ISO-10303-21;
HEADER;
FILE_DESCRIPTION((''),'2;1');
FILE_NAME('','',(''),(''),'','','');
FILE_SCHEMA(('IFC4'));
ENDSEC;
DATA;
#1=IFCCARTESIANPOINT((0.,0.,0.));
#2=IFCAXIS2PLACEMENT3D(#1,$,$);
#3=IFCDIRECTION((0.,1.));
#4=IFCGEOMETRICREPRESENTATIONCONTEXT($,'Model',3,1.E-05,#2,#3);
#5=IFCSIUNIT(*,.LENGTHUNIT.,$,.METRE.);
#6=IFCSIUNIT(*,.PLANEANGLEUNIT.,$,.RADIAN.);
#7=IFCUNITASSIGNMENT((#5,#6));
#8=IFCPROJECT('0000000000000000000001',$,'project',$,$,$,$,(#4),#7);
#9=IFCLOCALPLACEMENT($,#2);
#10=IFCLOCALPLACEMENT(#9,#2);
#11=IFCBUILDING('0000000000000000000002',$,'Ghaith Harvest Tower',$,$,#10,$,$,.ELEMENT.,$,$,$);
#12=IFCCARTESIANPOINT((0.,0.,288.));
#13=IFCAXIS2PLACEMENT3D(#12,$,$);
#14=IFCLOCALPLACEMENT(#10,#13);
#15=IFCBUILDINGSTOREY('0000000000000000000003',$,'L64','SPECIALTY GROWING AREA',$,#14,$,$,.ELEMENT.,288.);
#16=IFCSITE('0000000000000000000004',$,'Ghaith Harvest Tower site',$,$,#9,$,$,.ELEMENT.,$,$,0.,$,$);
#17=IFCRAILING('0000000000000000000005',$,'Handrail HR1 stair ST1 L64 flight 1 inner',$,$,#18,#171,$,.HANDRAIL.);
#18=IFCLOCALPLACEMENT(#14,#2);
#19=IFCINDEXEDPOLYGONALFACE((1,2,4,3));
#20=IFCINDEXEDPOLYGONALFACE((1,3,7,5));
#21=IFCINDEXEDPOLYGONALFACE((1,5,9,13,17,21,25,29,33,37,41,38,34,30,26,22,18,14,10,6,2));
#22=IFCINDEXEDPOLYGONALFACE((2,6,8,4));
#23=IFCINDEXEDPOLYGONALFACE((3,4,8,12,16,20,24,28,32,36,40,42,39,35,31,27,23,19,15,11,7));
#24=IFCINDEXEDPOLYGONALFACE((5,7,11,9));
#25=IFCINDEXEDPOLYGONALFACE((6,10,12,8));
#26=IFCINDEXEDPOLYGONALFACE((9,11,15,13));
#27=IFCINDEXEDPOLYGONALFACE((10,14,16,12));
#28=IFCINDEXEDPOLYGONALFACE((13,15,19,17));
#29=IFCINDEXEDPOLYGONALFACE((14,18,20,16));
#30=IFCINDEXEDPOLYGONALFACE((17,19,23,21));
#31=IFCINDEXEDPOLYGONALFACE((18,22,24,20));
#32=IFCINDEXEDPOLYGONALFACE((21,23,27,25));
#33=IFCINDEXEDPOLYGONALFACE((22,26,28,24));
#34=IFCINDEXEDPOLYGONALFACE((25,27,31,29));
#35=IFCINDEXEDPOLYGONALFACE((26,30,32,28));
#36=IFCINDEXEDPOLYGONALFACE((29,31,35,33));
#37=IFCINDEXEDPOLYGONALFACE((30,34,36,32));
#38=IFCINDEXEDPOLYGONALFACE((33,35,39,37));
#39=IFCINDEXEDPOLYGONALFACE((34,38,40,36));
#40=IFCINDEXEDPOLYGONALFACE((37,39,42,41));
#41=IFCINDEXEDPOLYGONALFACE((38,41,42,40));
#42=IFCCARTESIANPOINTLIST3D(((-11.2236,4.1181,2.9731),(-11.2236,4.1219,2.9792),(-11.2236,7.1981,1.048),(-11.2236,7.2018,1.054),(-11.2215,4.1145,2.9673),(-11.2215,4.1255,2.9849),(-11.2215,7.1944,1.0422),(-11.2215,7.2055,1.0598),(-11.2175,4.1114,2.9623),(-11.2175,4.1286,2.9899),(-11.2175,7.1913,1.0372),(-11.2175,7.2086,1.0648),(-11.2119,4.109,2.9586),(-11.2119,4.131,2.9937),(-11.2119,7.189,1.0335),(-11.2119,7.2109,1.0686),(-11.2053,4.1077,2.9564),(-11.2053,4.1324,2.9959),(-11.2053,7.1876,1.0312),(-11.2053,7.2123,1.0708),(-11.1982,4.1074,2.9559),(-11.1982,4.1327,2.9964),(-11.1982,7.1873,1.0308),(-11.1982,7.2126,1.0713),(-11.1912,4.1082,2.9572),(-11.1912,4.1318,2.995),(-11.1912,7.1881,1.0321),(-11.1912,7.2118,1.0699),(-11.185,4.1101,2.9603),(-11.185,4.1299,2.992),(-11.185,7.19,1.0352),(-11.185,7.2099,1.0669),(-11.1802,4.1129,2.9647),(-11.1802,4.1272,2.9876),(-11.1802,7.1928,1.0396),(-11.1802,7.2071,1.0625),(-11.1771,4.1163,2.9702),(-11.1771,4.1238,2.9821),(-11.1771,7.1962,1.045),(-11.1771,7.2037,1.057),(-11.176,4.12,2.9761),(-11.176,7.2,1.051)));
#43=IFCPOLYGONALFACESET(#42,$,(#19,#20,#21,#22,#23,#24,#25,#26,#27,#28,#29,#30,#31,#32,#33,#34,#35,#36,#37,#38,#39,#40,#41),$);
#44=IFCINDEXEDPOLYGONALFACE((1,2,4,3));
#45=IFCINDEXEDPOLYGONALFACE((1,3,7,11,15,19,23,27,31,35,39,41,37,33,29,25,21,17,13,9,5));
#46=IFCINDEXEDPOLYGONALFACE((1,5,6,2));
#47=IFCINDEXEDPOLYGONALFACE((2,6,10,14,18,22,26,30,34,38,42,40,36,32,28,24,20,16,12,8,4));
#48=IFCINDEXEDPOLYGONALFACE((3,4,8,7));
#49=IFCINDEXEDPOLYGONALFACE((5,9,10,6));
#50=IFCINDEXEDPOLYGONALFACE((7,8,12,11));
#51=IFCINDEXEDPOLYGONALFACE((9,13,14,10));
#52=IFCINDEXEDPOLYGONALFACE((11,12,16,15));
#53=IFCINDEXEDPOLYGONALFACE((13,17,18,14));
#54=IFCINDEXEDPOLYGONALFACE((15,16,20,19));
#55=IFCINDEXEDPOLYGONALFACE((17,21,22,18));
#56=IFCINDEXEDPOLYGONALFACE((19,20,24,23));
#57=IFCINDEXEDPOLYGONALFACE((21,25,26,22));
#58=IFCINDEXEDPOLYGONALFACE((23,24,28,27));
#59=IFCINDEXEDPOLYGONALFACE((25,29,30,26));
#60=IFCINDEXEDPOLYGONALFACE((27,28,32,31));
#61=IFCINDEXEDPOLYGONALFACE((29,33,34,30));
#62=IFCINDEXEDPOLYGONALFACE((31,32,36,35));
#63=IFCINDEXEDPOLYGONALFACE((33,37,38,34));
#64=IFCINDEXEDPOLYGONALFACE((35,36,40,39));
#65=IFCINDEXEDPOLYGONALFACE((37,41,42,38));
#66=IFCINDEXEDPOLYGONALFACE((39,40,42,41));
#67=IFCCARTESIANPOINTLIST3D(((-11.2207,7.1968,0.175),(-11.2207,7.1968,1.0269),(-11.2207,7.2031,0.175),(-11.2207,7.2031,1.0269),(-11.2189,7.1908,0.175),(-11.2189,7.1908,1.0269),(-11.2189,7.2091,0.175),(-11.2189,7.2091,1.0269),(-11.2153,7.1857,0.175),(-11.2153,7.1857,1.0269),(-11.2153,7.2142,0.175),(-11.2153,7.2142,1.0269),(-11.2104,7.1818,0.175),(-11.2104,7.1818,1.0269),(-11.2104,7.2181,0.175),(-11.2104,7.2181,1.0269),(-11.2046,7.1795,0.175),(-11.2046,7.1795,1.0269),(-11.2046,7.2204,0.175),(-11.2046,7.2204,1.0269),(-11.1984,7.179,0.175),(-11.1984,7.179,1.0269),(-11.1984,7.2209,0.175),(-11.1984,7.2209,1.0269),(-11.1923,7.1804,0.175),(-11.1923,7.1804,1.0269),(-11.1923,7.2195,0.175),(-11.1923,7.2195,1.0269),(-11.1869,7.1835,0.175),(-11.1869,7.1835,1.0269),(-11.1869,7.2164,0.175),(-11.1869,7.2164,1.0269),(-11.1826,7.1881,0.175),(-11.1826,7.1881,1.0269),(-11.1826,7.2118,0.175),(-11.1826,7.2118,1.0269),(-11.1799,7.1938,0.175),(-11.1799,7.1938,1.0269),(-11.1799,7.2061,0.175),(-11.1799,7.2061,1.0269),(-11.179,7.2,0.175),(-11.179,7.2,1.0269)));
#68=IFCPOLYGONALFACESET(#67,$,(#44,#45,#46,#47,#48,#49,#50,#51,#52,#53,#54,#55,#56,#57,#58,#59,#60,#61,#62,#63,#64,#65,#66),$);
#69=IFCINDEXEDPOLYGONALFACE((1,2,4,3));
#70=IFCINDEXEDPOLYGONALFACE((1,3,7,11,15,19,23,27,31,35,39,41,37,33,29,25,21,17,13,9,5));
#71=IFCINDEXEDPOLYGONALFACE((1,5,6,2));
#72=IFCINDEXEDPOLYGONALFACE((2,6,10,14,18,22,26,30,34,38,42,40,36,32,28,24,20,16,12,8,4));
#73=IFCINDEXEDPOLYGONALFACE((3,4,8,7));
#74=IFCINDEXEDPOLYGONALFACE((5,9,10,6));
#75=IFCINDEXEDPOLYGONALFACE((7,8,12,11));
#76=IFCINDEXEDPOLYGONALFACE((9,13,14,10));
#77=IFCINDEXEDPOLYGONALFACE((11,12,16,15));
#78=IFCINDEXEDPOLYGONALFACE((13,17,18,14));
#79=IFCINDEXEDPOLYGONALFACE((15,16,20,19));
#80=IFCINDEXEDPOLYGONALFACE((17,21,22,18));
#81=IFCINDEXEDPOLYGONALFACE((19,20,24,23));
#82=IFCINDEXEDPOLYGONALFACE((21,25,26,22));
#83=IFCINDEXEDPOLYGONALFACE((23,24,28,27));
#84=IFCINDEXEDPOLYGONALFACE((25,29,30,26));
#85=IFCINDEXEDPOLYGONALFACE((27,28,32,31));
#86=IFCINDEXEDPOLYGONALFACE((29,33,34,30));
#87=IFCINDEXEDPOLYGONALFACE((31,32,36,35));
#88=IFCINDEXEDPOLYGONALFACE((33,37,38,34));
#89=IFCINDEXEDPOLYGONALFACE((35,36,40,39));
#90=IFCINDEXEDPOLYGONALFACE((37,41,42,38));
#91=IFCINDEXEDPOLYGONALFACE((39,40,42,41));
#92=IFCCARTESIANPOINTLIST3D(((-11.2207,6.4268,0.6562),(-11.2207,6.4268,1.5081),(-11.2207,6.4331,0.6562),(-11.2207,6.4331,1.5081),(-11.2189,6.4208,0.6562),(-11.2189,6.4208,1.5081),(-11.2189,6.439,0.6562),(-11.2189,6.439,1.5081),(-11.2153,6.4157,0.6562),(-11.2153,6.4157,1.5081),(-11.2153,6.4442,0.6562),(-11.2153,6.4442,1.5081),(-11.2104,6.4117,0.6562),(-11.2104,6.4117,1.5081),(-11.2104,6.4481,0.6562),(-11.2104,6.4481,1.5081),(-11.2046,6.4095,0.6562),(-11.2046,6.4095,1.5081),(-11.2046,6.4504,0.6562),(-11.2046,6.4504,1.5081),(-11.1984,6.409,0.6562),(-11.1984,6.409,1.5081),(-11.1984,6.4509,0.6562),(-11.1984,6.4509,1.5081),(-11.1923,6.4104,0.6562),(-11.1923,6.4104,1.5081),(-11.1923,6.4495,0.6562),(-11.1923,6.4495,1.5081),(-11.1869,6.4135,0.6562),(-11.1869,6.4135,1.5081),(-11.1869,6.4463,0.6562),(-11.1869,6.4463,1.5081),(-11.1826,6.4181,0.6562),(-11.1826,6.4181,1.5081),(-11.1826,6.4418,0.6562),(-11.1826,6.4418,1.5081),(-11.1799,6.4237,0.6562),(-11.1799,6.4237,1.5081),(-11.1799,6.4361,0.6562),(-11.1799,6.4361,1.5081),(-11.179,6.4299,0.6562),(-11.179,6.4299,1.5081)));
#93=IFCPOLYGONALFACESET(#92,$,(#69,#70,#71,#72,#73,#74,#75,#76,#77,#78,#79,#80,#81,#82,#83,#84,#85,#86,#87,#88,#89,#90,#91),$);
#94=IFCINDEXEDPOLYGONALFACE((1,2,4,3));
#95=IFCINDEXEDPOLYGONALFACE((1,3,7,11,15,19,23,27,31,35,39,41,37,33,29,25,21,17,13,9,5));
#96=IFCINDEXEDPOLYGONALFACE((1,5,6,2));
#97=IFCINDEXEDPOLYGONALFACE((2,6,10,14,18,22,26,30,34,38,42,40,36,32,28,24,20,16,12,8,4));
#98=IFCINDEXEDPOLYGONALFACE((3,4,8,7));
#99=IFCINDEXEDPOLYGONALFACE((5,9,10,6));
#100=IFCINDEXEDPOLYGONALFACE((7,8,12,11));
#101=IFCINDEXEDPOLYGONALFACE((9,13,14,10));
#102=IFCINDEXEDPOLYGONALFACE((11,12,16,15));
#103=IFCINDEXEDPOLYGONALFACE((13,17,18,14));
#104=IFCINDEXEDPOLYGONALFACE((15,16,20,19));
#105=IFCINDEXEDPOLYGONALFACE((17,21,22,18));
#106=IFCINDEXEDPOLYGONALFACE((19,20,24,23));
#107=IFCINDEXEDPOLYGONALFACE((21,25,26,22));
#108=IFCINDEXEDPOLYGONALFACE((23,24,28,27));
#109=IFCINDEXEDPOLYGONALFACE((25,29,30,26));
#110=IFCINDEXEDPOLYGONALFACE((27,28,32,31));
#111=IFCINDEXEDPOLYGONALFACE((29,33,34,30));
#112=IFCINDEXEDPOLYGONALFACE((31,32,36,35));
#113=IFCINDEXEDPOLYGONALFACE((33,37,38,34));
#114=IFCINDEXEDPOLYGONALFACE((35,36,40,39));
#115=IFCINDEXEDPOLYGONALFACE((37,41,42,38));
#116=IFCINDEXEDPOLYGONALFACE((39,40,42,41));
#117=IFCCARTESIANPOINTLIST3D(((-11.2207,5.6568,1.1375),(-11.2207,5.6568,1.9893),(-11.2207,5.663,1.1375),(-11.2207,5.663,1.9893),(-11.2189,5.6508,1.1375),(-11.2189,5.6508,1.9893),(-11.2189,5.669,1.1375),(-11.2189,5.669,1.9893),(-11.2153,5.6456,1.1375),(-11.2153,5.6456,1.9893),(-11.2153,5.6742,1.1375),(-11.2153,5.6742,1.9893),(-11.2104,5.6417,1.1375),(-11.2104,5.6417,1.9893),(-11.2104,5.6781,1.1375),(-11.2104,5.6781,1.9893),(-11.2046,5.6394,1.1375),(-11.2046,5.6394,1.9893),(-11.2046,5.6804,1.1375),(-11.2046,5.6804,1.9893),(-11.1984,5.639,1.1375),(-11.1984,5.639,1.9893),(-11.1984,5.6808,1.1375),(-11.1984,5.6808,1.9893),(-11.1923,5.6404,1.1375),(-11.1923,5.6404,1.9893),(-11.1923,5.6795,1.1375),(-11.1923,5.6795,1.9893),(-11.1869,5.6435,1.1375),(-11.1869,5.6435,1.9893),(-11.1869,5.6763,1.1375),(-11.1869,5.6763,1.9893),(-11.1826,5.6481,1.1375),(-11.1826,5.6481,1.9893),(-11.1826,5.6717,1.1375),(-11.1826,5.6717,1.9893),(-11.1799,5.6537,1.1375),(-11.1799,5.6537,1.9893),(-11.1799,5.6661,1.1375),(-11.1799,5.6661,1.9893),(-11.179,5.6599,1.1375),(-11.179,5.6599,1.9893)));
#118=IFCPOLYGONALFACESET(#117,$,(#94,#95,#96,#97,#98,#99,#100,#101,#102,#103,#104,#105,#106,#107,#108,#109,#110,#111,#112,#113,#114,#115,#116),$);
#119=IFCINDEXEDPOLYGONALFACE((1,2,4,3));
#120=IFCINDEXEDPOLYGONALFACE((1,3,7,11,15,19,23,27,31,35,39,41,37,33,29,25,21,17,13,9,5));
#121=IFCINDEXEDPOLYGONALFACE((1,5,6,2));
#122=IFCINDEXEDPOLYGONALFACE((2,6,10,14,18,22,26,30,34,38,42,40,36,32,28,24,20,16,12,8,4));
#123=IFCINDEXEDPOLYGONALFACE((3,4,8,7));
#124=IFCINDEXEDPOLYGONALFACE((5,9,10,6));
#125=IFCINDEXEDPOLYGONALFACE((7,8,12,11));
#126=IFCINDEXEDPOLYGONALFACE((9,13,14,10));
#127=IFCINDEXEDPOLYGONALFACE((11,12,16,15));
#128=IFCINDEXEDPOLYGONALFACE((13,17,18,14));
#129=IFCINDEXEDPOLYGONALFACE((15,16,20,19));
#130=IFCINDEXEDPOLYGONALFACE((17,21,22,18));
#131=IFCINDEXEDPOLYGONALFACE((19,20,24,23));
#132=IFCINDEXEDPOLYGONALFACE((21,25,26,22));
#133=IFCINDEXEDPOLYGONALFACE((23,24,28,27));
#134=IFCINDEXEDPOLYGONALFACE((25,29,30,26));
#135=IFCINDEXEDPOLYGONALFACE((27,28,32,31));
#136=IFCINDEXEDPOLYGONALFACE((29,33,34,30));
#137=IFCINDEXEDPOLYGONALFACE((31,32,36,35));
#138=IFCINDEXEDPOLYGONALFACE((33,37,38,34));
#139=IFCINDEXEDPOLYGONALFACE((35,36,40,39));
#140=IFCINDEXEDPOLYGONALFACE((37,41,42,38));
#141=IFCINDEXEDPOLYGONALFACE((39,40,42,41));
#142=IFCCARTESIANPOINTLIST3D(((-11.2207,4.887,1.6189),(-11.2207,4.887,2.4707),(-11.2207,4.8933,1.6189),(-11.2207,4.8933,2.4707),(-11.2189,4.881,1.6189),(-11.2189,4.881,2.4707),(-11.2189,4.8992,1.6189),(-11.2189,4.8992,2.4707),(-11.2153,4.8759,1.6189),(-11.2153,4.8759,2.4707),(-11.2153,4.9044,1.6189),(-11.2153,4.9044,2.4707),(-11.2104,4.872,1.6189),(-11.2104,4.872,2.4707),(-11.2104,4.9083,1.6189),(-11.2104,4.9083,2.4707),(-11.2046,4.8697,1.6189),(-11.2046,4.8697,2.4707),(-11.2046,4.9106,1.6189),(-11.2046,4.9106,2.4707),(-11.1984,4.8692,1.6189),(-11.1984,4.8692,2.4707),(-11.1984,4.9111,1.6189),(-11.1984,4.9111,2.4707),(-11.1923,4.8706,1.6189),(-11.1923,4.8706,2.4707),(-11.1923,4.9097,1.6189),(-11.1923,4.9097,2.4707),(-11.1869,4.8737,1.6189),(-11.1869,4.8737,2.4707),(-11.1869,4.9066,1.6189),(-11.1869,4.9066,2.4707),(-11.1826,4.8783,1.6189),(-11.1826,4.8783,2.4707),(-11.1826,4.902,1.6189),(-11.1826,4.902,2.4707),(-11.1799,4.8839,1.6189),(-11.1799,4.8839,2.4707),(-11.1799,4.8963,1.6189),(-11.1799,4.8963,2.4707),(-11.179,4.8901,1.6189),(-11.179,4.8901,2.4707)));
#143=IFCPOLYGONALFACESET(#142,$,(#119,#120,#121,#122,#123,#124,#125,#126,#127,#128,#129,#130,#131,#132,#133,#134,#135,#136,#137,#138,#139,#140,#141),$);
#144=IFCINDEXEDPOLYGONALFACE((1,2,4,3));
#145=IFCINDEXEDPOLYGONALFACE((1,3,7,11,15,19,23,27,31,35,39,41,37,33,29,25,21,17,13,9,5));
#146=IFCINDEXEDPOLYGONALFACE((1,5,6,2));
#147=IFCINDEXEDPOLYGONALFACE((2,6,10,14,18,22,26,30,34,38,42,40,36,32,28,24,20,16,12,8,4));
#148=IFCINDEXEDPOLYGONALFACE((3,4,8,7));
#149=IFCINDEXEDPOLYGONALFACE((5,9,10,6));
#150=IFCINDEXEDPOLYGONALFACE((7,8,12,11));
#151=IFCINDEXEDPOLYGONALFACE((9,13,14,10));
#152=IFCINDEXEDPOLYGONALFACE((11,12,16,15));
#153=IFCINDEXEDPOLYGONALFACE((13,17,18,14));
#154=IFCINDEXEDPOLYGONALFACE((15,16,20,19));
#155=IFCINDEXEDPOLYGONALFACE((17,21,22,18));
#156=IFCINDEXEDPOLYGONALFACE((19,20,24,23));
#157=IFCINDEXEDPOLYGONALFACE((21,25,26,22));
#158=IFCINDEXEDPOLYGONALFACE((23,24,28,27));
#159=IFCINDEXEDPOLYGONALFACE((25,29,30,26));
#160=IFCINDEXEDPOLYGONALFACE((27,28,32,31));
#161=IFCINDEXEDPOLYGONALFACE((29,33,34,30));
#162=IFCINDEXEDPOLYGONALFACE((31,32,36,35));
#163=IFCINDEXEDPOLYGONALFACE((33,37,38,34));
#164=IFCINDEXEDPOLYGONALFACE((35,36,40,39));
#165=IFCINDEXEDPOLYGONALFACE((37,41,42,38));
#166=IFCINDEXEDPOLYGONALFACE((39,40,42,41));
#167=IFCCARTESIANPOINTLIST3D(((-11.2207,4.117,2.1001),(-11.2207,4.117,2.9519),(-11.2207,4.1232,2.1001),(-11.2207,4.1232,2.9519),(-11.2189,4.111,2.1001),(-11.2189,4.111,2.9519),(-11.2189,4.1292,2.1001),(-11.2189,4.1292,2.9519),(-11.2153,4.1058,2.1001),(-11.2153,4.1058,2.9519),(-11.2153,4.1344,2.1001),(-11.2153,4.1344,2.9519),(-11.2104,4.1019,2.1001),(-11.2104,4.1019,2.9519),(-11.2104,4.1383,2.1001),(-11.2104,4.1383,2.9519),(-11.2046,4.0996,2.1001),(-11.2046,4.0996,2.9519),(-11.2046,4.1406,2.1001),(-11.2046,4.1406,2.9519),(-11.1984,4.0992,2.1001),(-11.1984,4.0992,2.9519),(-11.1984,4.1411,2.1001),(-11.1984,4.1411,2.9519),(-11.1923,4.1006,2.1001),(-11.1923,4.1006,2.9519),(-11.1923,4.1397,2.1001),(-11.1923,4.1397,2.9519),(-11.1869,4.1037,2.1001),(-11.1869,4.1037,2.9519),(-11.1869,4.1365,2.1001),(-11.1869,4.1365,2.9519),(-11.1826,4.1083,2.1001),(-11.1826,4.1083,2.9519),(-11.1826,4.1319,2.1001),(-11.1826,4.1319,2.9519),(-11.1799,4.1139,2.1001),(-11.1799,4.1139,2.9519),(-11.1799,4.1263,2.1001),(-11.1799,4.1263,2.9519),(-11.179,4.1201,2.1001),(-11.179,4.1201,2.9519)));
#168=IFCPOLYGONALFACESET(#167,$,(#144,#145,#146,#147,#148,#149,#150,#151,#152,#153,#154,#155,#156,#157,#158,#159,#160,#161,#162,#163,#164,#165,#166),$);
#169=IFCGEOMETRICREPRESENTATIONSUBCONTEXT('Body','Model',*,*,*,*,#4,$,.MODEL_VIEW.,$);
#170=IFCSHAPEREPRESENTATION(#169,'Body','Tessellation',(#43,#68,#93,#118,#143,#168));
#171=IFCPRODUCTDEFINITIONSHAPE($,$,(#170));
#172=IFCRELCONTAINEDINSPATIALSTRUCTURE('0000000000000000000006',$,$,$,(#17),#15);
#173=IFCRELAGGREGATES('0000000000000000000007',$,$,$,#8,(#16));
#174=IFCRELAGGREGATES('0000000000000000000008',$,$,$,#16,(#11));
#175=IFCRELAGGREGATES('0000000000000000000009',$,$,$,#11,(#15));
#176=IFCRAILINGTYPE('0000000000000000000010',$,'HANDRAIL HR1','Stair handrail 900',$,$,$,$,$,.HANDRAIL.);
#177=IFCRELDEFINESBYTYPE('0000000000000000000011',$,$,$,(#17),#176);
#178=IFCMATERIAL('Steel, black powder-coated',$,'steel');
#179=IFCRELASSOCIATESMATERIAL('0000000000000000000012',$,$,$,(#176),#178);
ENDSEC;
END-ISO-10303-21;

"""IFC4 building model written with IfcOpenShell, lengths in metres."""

from ifc_helpers import new_model, si_unit, direction, frame, origin, origin_2d, place, context, subcontext, project, spatial, circle, extrude, material, type_object, element, save


model = new_model("IFC4")

# Units and contexts
model_context = context("Model", 3, precision=1e-05, world=origin(), true_north=direction((0.0, 1.0)))
body_context = subcontext(model_context, "Body", "Model", "MODEL_VIEW")
ifc_project = project(units=[si_unit("LENGTHUNIT", "METRE"), si_unit("PLANEANGLEUNIT", "RADIAN")], contexts=[model_context])

# Site, building, storey
site_placement = place(None, origin())
site = spatial("IfcSite", under=ifc_project, at=site_placement, Name="Ghaith Harvest Tower site", CompositionType="ELEMENT", RefElevation=0.0)
building_placement = place(site_placement, origin())
building = spatial("IfcBuilding", under=site, at=building_placement, Name="Ghaith Harvest Tower", CompositionType="ELEMENT")
storey_placement = place(building_placement, frame((0.0, 0.0, 288.0)))
storey = spatial("IfcBuildingStorey", under=building, at=storey_placement, Name="L64", Description="SPECIALTY GROWING AREA", CompositionType="ELEMENT", Elevation=288.0)

# Railing
ifc_material_1 = material(Name="Steel, black powder-coated", Category="steel")
railing_type = type_object("IfcRailingType", Name="HANDRAIL HR1", Description="Stair handrail 900", PredefinedType="HANDRAIL", material=ifc_material_1)
railing_1_placement = place(storey_placement, frame((-11.2, 7.2, 0.175)))
element("IfcRailing", 1, at=railing_1_placement, inside=storey, type_object=railing_type, Name="Handrail HR1 stair ST1 L64 flight 1 inner", PredefinedType="HANDRAIL", context=body_context, shape_type="SweptSolid", body=[
    extrude(circle(Radius=0.0239, at=origin_2d()), frame((0.0, 0.0, 0.876), z_axis=(0.0, -0.847979, 0.530029), x_axis=(1.0, 0.0, 0.0)), (0.0, 0.0, 1.0), 3.6321),
    extrude(circle(Radius=0.021, at=origin_2d()), origin(), (0.0, 0.0, 1.0), 0.8518),
    extrude(circle(Radius=0.021, at=origin_2d()), frame((0.0, -0.77, 0.4812)), (0.0, 0.0, 1.0), 0.8518),
    extrude(circle(Radius=0.021, at=origin_2d()), frame((0.0, -1.54, 0.9624)), (0.0, 0.0, 1.0), 0.8518),
    extrude(circle(Radius=0.021, at=origin_2d()), frame((0.0, -2.3098, 1.4438)), (0.0, 0.0, 1.0), 0.8518),
    extrude(circle(Radius=0.021, at=origin_2d()), frame((0.0, -3.0798, 1.925)), (0.0, 0.0, 1.0), 0.8518),
])

save(model, "model.ifc")
